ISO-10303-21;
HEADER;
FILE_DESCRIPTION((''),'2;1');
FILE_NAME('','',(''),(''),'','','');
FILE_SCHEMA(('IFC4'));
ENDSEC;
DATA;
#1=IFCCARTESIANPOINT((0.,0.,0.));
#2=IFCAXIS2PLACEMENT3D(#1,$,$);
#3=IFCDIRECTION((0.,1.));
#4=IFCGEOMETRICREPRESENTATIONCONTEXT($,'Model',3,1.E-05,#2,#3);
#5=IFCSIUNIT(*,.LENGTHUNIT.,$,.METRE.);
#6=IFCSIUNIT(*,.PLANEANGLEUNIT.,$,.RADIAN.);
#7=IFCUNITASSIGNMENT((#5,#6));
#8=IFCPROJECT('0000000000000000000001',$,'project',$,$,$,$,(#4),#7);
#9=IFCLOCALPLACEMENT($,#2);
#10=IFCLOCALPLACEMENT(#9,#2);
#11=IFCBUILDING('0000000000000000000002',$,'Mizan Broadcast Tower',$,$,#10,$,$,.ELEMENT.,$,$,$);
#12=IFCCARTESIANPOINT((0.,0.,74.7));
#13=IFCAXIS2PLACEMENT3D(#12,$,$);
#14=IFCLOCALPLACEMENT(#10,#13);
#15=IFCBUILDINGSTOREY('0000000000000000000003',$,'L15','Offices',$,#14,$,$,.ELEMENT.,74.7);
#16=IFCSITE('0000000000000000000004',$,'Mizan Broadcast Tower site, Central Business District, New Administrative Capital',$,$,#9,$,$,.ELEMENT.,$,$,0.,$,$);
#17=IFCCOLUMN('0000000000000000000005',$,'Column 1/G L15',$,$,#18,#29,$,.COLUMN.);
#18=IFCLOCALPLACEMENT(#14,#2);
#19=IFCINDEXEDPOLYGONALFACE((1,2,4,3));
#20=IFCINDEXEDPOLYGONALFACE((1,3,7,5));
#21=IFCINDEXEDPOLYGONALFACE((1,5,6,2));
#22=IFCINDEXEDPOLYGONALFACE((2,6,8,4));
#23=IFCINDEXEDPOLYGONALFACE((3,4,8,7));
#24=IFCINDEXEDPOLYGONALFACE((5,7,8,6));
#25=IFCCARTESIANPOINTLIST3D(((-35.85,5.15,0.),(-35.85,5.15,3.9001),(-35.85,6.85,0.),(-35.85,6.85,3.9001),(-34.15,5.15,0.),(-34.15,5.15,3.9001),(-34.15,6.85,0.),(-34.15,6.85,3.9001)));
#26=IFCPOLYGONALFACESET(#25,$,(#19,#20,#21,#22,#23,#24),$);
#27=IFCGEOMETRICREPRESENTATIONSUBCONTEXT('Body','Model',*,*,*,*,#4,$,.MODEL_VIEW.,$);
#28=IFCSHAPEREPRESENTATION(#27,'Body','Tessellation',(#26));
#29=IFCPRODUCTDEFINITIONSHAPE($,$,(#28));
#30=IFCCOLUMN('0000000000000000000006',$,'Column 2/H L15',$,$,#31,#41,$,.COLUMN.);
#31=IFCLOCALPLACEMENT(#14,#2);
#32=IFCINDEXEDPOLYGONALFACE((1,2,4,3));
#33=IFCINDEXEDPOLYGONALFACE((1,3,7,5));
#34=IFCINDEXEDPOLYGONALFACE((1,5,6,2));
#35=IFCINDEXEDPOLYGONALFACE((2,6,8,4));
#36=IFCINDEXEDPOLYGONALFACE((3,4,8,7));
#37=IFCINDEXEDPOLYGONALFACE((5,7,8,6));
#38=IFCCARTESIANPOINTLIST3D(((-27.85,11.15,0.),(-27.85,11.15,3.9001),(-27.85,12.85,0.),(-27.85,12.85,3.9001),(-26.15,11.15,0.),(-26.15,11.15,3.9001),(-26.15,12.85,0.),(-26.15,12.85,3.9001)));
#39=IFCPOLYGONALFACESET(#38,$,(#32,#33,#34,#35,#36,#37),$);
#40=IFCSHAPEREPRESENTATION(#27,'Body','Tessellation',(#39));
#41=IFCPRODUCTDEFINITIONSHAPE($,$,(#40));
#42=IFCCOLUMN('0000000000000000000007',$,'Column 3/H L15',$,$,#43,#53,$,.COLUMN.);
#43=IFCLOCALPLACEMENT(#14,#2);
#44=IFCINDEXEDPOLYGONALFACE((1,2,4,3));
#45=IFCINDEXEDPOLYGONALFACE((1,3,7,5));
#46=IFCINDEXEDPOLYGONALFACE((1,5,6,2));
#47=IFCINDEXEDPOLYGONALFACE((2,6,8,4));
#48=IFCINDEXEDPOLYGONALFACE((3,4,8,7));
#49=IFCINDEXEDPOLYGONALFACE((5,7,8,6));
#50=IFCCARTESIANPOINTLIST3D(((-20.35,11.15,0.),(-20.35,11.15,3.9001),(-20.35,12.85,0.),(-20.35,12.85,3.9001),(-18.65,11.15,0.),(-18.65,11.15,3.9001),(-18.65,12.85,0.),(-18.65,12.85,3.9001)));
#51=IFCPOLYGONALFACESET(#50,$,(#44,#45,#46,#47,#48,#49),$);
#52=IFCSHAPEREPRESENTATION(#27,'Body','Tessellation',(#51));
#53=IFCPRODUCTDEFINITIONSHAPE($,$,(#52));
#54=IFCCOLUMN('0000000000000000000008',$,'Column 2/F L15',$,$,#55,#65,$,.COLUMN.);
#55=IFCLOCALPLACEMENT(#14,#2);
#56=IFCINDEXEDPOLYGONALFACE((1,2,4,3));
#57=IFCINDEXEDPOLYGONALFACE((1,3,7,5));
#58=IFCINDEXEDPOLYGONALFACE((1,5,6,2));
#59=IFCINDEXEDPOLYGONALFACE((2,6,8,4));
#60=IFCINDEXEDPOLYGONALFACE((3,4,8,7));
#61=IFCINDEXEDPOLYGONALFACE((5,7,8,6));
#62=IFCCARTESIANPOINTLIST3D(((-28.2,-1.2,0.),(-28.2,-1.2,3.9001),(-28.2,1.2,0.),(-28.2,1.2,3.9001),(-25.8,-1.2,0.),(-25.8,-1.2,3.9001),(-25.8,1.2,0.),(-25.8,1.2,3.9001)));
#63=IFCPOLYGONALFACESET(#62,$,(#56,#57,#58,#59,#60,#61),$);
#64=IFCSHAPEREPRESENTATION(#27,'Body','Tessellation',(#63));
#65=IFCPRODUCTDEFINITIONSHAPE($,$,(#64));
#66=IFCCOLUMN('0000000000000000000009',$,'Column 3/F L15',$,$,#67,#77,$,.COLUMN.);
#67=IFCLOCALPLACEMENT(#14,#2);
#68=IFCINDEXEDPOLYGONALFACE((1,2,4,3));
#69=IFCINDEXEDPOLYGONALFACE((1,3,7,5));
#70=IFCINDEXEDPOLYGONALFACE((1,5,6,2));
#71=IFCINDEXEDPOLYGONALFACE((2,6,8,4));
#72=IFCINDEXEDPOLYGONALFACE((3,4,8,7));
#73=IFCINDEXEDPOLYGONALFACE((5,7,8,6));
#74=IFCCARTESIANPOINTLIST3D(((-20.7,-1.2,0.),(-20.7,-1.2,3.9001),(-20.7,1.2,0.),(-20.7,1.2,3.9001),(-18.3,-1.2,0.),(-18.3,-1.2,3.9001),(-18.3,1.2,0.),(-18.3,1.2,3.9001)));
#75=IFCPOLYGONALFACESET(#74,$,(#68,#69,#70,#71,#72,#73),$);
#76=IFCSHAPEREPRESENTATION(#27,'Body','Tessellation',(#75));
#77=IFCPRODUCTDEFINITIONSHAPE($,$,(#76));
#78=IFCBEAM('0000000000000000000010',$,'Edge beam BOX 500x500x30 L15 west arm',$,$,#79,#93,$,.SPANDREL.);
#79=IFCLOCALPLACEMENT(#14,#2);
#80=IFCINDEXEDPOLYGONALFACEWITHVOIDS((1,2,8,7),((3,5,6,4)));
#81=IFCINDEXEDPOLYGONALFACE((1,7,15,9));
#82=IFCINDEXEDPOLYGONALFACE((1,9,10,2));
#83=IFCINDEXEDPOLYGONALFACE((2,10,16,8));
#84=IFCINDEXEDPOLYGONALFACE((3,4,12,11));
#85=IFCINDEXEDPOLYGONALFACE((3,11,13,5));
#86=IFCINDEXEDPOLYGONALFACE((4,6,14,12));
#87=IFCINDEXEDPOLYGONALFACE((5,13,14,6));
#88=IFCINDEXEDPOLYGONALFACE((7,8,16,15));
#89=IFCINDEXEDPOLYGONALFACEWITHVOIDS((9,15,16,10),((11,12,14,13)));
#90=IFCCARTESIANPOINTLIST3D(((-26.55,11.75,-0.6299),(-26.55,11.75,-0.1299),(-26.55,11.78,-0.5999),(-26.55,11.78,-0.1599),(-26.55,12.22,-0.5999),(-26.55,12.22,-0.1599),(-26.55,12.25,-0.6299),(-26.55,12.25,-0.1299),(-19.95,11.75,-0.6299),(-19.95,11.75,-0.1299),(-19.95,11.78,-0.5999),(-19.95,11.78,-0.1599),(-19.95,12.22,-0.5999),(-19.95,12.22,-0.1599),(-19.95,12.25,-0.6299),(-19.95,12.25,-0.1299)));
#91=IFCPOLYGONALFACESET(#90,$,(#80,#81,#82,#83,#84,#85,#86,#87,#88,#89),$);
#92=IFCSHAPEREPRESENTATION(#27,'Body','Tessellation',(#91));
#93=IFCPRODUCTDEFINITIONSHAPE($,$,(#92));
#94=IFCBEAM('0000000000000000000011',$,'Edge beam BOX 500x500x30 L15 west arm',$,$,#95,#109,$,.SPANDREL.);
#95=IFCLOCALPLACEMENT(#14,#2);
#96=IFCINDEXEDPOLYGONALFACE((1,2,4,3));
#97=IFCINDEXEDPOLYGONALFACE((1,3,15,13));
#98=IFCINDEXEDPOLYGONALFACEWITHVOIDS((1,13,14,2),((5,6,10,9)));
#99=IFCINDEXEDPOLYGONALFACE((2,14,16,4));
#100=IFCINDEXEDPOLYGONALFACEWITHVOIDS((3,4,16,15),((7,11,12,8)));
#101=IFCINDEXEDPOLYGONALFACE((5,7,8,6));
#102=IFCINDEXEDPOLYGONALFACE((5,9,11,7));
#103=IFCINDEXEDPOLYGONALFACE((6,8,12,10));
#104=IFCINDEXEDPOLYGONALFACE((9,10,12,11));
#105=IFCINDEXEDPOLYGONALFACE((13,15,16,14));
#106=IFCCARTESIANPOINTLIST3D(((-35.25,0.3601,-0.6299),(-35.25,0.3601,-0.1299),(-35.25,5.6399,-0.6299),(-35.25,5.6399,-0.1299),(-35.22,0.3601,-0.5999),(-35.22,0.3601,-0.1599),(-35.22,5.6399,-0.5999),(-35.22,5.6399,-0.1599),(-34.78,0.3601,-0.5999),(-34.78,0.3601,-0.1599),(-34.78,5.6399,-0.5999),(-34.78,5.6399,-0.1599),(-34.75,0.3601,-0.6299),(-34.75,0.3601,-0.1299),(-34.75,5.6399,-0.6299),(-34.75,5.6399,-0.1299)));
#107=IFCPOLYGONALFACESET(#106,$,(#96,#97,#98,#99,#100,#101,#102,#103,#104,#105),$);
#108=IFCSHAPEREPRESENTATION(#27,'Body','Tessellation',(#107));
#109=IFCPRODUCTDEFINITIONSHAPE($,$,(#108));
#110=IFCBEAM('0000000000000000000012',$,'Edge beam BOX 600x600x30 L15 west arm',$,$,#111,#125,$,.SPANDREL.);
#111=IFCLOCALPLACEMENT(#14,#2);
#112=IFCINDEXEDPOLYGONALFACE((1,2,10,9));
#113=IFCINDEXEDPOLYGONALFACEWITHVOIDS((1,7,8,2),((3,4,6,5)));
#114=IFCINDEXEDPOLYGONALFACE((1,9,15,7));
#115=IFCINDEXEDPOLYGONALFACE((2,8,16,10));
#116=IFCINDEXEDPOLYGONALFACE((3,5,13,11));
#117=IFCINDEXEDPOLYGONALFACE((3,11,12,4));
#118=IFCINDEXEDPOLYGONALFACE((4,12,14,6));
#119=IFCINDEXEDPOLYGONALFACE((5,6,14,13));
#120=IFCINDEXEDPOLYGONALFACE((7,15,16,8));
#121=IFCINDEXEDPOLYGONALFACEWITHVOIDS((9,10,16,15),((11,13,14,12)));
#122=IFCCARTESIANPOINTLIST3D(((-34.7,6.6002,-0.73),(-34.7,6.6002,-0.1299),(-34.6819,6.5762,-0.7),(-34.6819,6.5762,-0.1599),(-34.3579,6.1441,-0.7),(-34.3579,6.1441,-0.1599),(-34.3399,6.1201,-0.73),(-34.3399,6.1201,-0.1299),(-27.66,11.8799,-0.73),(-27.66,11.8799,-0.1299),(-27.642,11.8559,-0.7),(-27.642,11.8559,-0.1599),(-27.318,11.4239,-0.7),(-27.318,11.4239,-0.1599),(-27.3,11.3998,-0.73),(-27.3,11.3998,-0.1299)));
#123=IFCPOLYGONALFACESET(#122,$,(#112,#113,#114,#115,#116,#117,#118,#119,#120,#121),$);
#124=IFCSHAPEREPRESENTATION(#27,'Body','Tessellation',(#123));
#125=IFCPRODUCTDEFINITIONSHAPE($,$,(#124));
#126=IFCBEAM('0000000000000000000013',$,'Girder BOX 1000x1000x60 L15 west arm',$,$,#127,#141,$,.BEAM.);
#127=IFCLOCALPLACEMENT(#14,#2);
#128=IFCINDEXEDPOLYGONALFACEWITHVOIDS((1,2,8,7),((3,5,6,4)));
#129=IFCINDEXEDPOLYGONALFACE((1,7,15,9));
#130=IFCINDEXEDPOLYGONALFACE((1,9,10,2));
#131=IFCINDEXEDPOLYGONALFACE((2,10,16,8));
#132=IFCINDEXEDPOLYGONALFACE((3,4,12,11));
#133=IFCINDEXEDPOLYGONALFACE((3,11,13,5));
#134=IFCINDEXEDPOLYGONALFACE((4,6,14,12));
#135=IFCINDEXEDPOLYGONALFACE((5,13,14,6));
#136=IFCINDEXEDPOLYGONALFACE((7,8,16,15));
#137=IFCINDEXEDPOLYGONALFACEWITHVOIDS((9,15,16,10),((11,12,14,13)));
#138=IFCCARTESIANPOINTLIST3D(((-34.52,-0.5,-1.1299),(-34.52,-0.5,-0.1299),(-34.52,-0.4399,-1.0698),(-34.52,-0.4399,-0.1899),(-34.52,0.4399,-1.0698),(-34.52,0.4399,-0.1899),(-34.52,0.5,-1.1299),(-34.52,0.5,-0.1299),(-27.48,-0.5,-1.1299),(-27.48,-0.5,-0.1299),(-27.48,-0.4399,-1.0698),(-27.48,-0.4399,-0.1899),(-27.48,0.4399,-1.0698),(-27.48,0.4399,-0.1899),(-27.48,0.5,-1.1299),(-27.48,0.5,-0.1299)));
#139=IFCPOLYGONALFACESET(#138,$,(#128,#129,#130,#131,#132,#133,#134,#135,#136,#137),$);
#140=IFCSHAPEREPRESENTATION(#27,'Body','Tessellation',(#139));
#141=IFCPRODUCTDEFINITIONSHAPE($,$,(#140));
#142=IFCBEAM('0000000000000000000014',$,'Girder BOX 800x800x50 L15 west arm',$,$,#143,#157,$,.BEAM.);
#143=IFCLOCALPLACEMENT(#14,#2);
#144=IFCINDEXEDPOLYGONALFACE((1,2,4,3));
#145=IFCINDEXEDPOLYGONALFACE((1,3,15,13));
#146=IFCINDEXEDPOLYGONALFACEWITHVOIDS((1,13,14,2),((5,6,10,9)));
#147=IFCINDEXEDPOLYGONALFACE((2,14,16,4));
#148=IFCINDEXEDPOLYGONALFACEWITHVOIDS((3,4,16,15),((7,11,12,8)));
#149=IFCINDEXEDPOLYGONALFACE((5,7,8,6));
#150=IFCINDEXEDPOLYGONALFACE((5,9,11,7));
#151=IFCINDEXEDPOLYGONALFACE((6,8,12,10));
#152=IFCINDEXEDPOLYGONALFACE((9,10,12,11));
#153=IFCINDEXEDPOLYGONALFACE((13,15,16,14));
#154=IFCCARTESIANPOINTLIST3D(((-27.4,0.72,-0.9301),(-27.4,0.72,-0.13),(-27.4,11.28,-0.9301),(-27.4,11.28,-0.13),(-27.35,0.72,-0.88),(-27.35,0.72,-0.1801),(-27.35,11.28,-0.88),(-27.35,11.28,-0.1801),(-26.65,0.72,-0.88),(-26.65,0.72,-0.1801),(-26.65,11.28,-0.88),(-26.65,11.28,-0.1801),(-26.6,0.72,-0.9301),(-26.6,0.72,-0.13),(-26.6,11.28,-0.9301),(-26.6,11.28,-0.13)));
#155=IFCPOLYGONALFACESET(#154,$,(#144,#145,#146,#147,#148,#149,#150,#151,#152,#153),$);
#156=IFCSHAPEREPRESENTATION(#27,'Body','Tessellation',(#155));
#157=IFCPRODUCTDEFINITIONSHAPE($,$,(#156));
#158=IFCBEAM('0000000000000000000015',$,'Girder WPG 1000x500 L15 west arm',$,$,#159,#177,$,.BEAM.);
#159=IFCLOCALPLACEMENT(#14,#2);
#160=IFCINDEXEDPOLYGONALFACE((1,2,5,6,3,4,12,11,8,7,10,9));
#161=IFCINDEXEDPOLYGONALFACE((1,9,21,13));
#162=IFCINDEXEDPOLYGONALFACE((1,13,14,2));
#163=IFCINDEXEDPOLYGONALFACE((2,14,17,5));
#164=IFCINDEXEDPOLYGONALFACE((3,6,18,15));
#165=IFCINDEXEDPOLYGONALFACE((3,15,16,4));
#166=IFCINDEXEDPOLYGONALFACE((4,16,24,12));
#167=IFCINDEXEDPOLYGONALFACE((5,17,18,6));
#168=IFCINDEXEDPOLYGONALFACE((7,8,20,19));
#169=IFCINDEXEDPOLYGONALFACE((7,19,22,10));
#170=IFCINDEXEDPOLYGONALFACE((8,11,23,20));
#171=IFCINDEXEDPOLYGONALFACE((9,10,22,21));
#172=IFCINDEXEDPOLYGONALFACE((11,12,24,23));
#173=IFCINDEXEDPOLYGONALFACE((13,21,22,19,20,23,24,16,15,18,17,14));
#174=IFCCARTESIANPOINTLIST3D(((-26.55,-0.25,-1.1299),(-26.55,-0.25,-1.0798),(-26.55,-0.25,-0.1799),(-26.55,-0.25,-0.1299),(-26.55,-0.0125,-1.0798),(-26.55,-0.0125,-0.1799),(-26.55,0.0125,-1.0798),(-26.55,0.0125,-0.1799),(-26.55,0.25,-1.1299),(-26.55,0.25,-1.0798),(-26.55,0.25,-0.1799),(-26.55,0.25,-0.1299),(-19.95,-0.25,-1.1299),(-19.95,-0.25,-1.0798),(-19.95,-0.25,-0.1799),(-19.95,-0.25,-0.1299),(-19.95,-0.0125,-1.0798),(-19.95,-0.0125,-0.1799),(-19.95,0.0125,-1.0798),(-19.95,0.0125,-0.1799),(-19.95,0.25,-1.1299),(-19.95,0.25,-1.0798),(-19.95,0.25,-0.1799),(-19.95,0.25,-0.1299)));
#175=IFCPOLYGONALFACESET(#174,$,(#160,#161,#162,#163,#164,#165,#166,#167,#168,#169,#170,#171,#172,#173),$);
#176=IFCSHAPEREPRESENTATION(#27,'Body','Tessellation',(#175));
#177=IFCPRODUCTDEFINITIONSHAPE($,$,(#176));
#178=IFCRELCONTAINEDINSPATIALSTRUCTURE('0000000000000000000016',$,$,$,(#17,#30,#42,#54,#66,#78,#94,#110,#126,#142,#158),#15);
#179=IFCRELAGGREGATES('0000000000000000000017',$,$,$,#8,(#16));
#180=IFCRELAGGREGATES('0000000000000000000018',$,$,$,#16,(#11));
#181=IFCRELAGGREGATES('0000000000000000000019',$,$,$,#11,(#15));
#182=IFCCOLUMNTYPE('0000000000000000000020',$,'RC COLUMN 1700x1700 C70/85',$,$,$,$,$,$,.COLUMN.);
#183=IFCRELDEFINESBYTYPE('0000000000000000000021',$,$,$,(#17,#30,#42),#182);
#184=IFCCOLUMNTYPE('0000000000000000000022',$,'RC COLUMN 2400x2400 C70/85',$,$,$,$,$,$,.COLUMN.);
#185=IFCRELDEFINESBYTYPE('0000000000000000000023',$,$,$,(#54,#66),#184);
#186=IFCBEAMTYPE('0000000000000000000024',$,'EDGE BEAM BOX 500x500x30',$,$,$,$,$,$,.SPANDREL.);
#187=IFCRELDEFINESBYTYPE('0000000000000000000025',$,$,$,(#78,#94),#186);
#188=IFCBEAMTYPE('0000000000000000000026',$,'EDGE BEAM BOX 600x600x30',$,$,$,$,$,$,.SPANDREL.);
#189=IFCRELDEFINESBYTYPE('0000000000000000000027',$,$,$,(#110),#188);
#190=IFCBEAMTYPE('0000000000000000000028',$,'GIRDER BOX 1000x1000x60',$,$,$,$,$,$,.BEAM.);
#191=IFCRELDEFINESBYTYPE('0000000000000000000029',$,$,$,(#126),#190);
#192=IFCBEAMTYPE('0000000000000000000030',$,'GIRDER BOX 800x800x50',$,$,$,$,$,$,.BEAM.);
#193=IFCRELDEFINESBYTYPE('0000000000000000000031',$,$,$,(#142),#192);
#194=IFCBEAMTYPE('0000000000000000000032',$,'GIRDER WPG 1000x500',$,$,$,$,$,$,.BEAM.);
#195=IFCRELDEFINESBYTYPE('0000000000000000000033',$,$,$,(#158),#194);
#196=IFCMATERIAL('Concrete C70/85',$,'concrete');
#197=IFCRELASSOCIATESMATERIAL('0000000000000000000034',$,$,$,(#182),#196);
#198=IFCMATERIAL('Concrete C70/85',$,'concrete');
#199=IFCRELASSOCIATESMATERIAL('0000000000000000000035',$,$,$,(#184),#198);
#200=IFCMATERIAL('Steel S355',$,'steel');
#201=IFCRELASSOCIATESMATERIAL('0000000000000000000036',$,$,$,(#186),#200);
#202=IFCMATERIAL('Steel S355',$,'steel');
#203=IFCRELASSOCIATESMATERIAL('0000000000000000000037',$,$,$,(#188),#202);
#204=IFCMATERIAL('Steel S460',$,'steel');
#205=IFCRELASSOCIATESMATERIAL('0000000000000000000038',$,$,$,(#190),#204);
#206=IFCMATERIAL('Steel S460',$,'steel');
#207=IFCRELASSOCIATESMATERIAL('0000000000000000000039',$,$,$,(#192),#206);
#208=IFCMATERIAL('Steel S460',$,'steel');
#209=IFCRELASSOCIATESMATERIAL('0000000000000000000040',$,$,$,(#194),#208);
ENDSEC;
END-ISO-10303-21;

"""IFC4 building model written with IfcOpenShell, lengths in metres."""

from ifc_helpers import new_model, si_unit, direction, frame, origin, origin_2d, place, context, subcontext, project, spatial, rectangle, hollow_rectangle, i_section, extrude, material, material_profile, profile_set, type_object, element, save


model = new_model("IFC4")

# Units and contexts
model_context = context("Model", 3, precision=1e-05, world=origin(), true_north=direction((0.0, 1.0)))
body_context = subcontext(model_context, "Body", "Model", "MODEL_VIEW")
ifc_project = project(units=[si_unit("LENGTHUNIT", "METRE"), si_unit("PLANEANGLEUNIT", "RADIAN")], contexts=[model_context])

# Site, building, storey
site_placement = place(None, origin())
site = spatial("IfcSite", under=ifc_project, at=site_placement, Name="Mizan Broadcast Tower site, Central Business District, New Administrative Capital", CompositionType="ELEMENT", RefElevation=0.0)
building_placement = place(site_placement, origin())
building = spatial("IfcBuilding", under=site, at=building_placement, Name="Mizan Broadcast Tower", CompositionType="ELEMENT")
storey_placement = place(building_placement, frame((0.0, 0.0, 74.7)))
storey = spatial("IfcBuildingStorey", under=building, at=storey_placement, Name="L15", Description="Offices", CompositionType="ELEMENT", Elevation=74.7)

# Columns
ifc_material_1 = material(Name="Concrete C70/85", Category="concrete")
ifc_material_profile_1 = material_profile(ifc_material_1, rectangle(XDim=1.7, YDim=1.7, at=origin_2d()), Name="RC 1700x1700")
ifc_profile_set_1 = profile_set([ifc_material_profile_1], Name="Concrete C70/85")
column_type_1 = type_object("IfcColumnType", Name="RC COLUMN 1700x1700 C70/85", PredefinedType="COLUMN", material=ifc_profile_set_1)
for number, where, z_axis, x_axis, name in (
    (1, (-35.0, 6.0, 0.0), (0.0, 0.0, 1.0), (1.0, 0.0, 0.0), "Column 1/G L15"),
    (2, (-27.0, 12.0, 0.0), (0.0, 0.0, 1.0), (1.0, 0.0, 0.0), "Column 2/H L15"),
    (3, (-19.5, 12.0, 0.0), (0.0, 0.0, 1.0), (1.0, 0.0, 0.0), "Column 3/H L15"),
):
    element("IfcColumn", number, at=place(storey_placement, frame(where, z_axis=z_axis, x_axis=x_axis)), inside=storey, type_object=column_type_1, Name=name, PredefinedType="COLUMN", context=body_context, shape_type="SweptSolid", body=[
        extrude(rectangle(XDim=1.7, YDim=1.7, at=origin_2d()), origin(), (0.0, 0.0, 1.0), 3.9001),
    ])
ifc_material_2 = material(Name="Concrete C70/85", Category="concrete")
ifc_material_profile_2 = material_profile(ifc_material_2, rectangle(XDim=2.3999, YDim=2.3999, at=origin_2d()), Name="RC 2400x2400")
ifc_profile_set_2 = profile_set([ifc_material_profile_2], Name="Concrete C70/85")
column_type_2 = type_object("IfcColumnType", Name="RC COLUMN 2400x2400 C70/85", PredefinedType="COLUMN", material=ifc_profile_set_2)
for number, where, z_axis, x_axis, name in (
    (4, (-27.0, 0.0, 0.0), (0.0, 0.0, 1.0), (1.0, 0.0, 0.0), "Column 2/F L15"),
    (5, (-19.5, 0.0, 0.0), (0.0, 0.0, 1.0), (1.0, 0.0, 0.0), "Column 3/F L15"),
):
    element("IfcColumn", number, at=place(storey_placement, frame(where, z_axis=z_axis, x_axis=x_axis)), inside=storey, type_object=column_type_2, Name=name, PredefinedType="COLUMN", context=body_context, shape_type="SweptSolid", body=[
        extrude(rectangle(XDim=2.3999, YDim=2.3999, at=origin_2d()), origin(), (0.0, 0.0, 1.0), 3.9001),
    ])

# Beams
ifc_material_3 = material(Name="Steel S355", Category="steel")
ifc_material_profile_3 = material_profile(ifc_material_3, hollow_rectangle(XDim=0.5, YDim=0.5, WallThickness=0.03, at=origin_2d()), Name="BOX 500x500x30")
ifc_profile_set_3 = profile_set([ifc_material_profile_3], Name="Steel S355")
beam_type_1 = type_object("IfcBeamType", Name="EDGE BEAM BOX 500x500x30", PredefinedType="SPANDREL", material=ifc_profile_set_3)
beam_1_placement = place(storey_placement, frame((-19.95, 12.0, -0.3799), z_axis=(-1.0, 0.0, 0.0), x_axis=(0.0, -1.0, 0.0)))
element("IfcBeam", 6, at=beam_1_placement, inside=storey, type_object=beam_type_1, Name="Edge beam BOX 500x500x30 L15 west arm", PredefinedType="SPANDREL", context=body_context, shape_type="SweptSolid", body=[
    extrude(hollow_rectangle(XDim=0.5, YDim=0.5, WallThickness=0.03, at=origin_2d()), origin(), (0.0, 0.0, 1.0), 6.6001),
])
beam_2_placement = place(storey_placement, frame((-35.0, 5.6399, -0.3799), z_axis=(0.0, -1.0, 0.0), x_axis=(1.0, 0.0, 0.0)))
element("IfcBeam", 7, at=beam_2_placement, inside=storey, type_object=beam_type_1, Name="Edge beam BOX 500x500x30 L15 west arm", PredefinedType="SPANDREL", context=body_context, shape_type="SweptSolid", body=[
    extrude(hollow_rectangle(XDim=0.5, YDim=0.5, WallThickness=0.03, at=origin_2d()), origin(), (0.0, 0.0, 1.0), 5.2798),
])
ifc_material_4 = material(Name="Steel S355", Category="steel")
ifc_material_profile_4 = material_profile(ifc_material_4, hollow_rectangle(XDim=0.6001, YDim=0.6001, WallThickness=0.03, at=origin_2d()), Name="BOX 600x600x30")
ifc_profile_set_4 = profile_set([ifc_material_profile_4], Name="Steel S355")
beam_type_2 = type_object("IfcBeamType", Name="EDGE BEAM BOX 600x600x30", PredefinedType="SPANDREL", material=ifc_profile_set_4)
beam_3_placement = place(storey_placement, frame((-27.48, 11.6399, -0.4299), z_axis=(-0.800013, -0.599982, 0.0), x_axis=(0.599982, -0.800013, 0.0)))
element("IfcBeam", 8, at=beam_3_placement, inside=storey, type_object=beam_type_2, Name="Edge beam BOX 600x600x30 L15 west arm", PredefinedType="SPANDREL", context=body_context, shape_type="SweptSolid", body=[
    extrude(hollow_rectangle(XDim=0.6001, YDim=0.6001, WallThickness=0.03, at=origin_2d()), origin(), (0.0, 0.0, 1.0), 8.7998),
])
ifc_material_5 = material(Name="Steel S460", Category="steel")
ifc_material_profile_5 = material_profile(ifc_material_5, hollow_rectangle(XDim=1.0, YDim=1.0, WallThickness=0.0601, at=origin_2d()), Name="BOX 1000x1000x60")
ifc_profile_set_5 = profile_set([ifc_material_profile_5], Name="Steel S460")
beam_type_3 = type_object("IfcBeamType", Name="GIRDER BOX 1000x1000x60", PredefinedType="BEAM", material=ifc_profile_set_5)
beam_4_placement = place(storey_placement, frame((-27.48, 0.0, -0.6299), z_axis=(-1.0, 0.0, 0.0), x_axis=(0.0, -1.0, 0.0)))
element("IfcBeam", 9, at=beam_4_placement, inside=storey, type_object=beam_type_3, Name="Girder BOX 1000x1000x60 L15 west arm", PredefinedType="BEAM", context=body_context, shape_type="SweptSolid", body=[
    extrude(hollow_rectangle(XDim=1.0, YDim=1.0, WallThickness=0.0601, at=origin_2d()), origin(), (0.0, 0.0, 1.0), 7.04),
])
ifc_material_6 = material(Name="Steel S460", Category="steel")
ifc_material_profile_6 = material_profile(ifc_material_6, hollow_rectangle(XDim=0.8, YDim=0.8, WallThickness=0.05, at=origin_2d()), Name="BOX 800x800x50")
ifc_profile_set_6 = profile_set([ifc_material_profile_6], Name="Steel S460")
beam_type_4 = type_object("IfcBeamType", Name="GIRDER BOX 800x800x50", PredefinedType="BEAM", material=ifc_profile_set_6)
beam_5_placement = place(storey_placement, frame((-27.0, 11.28, -0.53), z_axis=(0.0, -1.0, 0.0), x_axis=(1.0, 0.0, 0.0)))
element("IfcBeam", 10, at=beam_5_placement, inside=storey, type_object=beam_type_4, Name="Girder BOX 800x800x50 L15 west arm", PredefinedType="BEAM", context=body_context, shape_type="SweptSolid", body=[
    extrude(hollow_rectangle(XDim=0.8, YDim=0.8, WallThickness=0.05, at=origin_2d()), origin(), (0.0, 0.0, 1.0), 10.5601),
])
ifc_material_7 = material(Name="Steel S460", Category="steel")
ifc_material_profile_7 = material_profile(ifc_material_7, i_section(OverallWidth=0.5, OverallDepth=1.0, WebThickness=0.0249, FlangeThickness=0.05, at=origin_2d()), Name="WPG 1000x500")
ifc_profile_set_7 = profile_set([ifc_material_profile_7], Name="Steel S460")
beam_type_5 = type_object("IfcBeamType", Name="GIRDER WPG 1000x500", PredefinedType="BEAM", material=ifc_profile_set_7)
beam_6_placement = place(storey_placement, frame((-19.95, 0.0, -0.6299), z_axis=(-1.0, 0.0, 0.0), x_axis=(0.0, -1.0, 0.0)))
element("IfcBeam", 11, at=beam_6_placement, inside=storey, type_object=beam_type_5, Name="Girder WPG 1000x500 L15 west arm", PredefinedType="BEAM", context=body_context, shape_type="SweptSolid", body=[
    extrude(i_section(OverallWidth=0.5, OverallDepth=1.0, WebThickness=0.0249, FlangeThickness=0.05, at=origin_2d()), origin(), (0.0, 0.0, 1.0), 6.6001),
])

save(model, "model.ifc")
